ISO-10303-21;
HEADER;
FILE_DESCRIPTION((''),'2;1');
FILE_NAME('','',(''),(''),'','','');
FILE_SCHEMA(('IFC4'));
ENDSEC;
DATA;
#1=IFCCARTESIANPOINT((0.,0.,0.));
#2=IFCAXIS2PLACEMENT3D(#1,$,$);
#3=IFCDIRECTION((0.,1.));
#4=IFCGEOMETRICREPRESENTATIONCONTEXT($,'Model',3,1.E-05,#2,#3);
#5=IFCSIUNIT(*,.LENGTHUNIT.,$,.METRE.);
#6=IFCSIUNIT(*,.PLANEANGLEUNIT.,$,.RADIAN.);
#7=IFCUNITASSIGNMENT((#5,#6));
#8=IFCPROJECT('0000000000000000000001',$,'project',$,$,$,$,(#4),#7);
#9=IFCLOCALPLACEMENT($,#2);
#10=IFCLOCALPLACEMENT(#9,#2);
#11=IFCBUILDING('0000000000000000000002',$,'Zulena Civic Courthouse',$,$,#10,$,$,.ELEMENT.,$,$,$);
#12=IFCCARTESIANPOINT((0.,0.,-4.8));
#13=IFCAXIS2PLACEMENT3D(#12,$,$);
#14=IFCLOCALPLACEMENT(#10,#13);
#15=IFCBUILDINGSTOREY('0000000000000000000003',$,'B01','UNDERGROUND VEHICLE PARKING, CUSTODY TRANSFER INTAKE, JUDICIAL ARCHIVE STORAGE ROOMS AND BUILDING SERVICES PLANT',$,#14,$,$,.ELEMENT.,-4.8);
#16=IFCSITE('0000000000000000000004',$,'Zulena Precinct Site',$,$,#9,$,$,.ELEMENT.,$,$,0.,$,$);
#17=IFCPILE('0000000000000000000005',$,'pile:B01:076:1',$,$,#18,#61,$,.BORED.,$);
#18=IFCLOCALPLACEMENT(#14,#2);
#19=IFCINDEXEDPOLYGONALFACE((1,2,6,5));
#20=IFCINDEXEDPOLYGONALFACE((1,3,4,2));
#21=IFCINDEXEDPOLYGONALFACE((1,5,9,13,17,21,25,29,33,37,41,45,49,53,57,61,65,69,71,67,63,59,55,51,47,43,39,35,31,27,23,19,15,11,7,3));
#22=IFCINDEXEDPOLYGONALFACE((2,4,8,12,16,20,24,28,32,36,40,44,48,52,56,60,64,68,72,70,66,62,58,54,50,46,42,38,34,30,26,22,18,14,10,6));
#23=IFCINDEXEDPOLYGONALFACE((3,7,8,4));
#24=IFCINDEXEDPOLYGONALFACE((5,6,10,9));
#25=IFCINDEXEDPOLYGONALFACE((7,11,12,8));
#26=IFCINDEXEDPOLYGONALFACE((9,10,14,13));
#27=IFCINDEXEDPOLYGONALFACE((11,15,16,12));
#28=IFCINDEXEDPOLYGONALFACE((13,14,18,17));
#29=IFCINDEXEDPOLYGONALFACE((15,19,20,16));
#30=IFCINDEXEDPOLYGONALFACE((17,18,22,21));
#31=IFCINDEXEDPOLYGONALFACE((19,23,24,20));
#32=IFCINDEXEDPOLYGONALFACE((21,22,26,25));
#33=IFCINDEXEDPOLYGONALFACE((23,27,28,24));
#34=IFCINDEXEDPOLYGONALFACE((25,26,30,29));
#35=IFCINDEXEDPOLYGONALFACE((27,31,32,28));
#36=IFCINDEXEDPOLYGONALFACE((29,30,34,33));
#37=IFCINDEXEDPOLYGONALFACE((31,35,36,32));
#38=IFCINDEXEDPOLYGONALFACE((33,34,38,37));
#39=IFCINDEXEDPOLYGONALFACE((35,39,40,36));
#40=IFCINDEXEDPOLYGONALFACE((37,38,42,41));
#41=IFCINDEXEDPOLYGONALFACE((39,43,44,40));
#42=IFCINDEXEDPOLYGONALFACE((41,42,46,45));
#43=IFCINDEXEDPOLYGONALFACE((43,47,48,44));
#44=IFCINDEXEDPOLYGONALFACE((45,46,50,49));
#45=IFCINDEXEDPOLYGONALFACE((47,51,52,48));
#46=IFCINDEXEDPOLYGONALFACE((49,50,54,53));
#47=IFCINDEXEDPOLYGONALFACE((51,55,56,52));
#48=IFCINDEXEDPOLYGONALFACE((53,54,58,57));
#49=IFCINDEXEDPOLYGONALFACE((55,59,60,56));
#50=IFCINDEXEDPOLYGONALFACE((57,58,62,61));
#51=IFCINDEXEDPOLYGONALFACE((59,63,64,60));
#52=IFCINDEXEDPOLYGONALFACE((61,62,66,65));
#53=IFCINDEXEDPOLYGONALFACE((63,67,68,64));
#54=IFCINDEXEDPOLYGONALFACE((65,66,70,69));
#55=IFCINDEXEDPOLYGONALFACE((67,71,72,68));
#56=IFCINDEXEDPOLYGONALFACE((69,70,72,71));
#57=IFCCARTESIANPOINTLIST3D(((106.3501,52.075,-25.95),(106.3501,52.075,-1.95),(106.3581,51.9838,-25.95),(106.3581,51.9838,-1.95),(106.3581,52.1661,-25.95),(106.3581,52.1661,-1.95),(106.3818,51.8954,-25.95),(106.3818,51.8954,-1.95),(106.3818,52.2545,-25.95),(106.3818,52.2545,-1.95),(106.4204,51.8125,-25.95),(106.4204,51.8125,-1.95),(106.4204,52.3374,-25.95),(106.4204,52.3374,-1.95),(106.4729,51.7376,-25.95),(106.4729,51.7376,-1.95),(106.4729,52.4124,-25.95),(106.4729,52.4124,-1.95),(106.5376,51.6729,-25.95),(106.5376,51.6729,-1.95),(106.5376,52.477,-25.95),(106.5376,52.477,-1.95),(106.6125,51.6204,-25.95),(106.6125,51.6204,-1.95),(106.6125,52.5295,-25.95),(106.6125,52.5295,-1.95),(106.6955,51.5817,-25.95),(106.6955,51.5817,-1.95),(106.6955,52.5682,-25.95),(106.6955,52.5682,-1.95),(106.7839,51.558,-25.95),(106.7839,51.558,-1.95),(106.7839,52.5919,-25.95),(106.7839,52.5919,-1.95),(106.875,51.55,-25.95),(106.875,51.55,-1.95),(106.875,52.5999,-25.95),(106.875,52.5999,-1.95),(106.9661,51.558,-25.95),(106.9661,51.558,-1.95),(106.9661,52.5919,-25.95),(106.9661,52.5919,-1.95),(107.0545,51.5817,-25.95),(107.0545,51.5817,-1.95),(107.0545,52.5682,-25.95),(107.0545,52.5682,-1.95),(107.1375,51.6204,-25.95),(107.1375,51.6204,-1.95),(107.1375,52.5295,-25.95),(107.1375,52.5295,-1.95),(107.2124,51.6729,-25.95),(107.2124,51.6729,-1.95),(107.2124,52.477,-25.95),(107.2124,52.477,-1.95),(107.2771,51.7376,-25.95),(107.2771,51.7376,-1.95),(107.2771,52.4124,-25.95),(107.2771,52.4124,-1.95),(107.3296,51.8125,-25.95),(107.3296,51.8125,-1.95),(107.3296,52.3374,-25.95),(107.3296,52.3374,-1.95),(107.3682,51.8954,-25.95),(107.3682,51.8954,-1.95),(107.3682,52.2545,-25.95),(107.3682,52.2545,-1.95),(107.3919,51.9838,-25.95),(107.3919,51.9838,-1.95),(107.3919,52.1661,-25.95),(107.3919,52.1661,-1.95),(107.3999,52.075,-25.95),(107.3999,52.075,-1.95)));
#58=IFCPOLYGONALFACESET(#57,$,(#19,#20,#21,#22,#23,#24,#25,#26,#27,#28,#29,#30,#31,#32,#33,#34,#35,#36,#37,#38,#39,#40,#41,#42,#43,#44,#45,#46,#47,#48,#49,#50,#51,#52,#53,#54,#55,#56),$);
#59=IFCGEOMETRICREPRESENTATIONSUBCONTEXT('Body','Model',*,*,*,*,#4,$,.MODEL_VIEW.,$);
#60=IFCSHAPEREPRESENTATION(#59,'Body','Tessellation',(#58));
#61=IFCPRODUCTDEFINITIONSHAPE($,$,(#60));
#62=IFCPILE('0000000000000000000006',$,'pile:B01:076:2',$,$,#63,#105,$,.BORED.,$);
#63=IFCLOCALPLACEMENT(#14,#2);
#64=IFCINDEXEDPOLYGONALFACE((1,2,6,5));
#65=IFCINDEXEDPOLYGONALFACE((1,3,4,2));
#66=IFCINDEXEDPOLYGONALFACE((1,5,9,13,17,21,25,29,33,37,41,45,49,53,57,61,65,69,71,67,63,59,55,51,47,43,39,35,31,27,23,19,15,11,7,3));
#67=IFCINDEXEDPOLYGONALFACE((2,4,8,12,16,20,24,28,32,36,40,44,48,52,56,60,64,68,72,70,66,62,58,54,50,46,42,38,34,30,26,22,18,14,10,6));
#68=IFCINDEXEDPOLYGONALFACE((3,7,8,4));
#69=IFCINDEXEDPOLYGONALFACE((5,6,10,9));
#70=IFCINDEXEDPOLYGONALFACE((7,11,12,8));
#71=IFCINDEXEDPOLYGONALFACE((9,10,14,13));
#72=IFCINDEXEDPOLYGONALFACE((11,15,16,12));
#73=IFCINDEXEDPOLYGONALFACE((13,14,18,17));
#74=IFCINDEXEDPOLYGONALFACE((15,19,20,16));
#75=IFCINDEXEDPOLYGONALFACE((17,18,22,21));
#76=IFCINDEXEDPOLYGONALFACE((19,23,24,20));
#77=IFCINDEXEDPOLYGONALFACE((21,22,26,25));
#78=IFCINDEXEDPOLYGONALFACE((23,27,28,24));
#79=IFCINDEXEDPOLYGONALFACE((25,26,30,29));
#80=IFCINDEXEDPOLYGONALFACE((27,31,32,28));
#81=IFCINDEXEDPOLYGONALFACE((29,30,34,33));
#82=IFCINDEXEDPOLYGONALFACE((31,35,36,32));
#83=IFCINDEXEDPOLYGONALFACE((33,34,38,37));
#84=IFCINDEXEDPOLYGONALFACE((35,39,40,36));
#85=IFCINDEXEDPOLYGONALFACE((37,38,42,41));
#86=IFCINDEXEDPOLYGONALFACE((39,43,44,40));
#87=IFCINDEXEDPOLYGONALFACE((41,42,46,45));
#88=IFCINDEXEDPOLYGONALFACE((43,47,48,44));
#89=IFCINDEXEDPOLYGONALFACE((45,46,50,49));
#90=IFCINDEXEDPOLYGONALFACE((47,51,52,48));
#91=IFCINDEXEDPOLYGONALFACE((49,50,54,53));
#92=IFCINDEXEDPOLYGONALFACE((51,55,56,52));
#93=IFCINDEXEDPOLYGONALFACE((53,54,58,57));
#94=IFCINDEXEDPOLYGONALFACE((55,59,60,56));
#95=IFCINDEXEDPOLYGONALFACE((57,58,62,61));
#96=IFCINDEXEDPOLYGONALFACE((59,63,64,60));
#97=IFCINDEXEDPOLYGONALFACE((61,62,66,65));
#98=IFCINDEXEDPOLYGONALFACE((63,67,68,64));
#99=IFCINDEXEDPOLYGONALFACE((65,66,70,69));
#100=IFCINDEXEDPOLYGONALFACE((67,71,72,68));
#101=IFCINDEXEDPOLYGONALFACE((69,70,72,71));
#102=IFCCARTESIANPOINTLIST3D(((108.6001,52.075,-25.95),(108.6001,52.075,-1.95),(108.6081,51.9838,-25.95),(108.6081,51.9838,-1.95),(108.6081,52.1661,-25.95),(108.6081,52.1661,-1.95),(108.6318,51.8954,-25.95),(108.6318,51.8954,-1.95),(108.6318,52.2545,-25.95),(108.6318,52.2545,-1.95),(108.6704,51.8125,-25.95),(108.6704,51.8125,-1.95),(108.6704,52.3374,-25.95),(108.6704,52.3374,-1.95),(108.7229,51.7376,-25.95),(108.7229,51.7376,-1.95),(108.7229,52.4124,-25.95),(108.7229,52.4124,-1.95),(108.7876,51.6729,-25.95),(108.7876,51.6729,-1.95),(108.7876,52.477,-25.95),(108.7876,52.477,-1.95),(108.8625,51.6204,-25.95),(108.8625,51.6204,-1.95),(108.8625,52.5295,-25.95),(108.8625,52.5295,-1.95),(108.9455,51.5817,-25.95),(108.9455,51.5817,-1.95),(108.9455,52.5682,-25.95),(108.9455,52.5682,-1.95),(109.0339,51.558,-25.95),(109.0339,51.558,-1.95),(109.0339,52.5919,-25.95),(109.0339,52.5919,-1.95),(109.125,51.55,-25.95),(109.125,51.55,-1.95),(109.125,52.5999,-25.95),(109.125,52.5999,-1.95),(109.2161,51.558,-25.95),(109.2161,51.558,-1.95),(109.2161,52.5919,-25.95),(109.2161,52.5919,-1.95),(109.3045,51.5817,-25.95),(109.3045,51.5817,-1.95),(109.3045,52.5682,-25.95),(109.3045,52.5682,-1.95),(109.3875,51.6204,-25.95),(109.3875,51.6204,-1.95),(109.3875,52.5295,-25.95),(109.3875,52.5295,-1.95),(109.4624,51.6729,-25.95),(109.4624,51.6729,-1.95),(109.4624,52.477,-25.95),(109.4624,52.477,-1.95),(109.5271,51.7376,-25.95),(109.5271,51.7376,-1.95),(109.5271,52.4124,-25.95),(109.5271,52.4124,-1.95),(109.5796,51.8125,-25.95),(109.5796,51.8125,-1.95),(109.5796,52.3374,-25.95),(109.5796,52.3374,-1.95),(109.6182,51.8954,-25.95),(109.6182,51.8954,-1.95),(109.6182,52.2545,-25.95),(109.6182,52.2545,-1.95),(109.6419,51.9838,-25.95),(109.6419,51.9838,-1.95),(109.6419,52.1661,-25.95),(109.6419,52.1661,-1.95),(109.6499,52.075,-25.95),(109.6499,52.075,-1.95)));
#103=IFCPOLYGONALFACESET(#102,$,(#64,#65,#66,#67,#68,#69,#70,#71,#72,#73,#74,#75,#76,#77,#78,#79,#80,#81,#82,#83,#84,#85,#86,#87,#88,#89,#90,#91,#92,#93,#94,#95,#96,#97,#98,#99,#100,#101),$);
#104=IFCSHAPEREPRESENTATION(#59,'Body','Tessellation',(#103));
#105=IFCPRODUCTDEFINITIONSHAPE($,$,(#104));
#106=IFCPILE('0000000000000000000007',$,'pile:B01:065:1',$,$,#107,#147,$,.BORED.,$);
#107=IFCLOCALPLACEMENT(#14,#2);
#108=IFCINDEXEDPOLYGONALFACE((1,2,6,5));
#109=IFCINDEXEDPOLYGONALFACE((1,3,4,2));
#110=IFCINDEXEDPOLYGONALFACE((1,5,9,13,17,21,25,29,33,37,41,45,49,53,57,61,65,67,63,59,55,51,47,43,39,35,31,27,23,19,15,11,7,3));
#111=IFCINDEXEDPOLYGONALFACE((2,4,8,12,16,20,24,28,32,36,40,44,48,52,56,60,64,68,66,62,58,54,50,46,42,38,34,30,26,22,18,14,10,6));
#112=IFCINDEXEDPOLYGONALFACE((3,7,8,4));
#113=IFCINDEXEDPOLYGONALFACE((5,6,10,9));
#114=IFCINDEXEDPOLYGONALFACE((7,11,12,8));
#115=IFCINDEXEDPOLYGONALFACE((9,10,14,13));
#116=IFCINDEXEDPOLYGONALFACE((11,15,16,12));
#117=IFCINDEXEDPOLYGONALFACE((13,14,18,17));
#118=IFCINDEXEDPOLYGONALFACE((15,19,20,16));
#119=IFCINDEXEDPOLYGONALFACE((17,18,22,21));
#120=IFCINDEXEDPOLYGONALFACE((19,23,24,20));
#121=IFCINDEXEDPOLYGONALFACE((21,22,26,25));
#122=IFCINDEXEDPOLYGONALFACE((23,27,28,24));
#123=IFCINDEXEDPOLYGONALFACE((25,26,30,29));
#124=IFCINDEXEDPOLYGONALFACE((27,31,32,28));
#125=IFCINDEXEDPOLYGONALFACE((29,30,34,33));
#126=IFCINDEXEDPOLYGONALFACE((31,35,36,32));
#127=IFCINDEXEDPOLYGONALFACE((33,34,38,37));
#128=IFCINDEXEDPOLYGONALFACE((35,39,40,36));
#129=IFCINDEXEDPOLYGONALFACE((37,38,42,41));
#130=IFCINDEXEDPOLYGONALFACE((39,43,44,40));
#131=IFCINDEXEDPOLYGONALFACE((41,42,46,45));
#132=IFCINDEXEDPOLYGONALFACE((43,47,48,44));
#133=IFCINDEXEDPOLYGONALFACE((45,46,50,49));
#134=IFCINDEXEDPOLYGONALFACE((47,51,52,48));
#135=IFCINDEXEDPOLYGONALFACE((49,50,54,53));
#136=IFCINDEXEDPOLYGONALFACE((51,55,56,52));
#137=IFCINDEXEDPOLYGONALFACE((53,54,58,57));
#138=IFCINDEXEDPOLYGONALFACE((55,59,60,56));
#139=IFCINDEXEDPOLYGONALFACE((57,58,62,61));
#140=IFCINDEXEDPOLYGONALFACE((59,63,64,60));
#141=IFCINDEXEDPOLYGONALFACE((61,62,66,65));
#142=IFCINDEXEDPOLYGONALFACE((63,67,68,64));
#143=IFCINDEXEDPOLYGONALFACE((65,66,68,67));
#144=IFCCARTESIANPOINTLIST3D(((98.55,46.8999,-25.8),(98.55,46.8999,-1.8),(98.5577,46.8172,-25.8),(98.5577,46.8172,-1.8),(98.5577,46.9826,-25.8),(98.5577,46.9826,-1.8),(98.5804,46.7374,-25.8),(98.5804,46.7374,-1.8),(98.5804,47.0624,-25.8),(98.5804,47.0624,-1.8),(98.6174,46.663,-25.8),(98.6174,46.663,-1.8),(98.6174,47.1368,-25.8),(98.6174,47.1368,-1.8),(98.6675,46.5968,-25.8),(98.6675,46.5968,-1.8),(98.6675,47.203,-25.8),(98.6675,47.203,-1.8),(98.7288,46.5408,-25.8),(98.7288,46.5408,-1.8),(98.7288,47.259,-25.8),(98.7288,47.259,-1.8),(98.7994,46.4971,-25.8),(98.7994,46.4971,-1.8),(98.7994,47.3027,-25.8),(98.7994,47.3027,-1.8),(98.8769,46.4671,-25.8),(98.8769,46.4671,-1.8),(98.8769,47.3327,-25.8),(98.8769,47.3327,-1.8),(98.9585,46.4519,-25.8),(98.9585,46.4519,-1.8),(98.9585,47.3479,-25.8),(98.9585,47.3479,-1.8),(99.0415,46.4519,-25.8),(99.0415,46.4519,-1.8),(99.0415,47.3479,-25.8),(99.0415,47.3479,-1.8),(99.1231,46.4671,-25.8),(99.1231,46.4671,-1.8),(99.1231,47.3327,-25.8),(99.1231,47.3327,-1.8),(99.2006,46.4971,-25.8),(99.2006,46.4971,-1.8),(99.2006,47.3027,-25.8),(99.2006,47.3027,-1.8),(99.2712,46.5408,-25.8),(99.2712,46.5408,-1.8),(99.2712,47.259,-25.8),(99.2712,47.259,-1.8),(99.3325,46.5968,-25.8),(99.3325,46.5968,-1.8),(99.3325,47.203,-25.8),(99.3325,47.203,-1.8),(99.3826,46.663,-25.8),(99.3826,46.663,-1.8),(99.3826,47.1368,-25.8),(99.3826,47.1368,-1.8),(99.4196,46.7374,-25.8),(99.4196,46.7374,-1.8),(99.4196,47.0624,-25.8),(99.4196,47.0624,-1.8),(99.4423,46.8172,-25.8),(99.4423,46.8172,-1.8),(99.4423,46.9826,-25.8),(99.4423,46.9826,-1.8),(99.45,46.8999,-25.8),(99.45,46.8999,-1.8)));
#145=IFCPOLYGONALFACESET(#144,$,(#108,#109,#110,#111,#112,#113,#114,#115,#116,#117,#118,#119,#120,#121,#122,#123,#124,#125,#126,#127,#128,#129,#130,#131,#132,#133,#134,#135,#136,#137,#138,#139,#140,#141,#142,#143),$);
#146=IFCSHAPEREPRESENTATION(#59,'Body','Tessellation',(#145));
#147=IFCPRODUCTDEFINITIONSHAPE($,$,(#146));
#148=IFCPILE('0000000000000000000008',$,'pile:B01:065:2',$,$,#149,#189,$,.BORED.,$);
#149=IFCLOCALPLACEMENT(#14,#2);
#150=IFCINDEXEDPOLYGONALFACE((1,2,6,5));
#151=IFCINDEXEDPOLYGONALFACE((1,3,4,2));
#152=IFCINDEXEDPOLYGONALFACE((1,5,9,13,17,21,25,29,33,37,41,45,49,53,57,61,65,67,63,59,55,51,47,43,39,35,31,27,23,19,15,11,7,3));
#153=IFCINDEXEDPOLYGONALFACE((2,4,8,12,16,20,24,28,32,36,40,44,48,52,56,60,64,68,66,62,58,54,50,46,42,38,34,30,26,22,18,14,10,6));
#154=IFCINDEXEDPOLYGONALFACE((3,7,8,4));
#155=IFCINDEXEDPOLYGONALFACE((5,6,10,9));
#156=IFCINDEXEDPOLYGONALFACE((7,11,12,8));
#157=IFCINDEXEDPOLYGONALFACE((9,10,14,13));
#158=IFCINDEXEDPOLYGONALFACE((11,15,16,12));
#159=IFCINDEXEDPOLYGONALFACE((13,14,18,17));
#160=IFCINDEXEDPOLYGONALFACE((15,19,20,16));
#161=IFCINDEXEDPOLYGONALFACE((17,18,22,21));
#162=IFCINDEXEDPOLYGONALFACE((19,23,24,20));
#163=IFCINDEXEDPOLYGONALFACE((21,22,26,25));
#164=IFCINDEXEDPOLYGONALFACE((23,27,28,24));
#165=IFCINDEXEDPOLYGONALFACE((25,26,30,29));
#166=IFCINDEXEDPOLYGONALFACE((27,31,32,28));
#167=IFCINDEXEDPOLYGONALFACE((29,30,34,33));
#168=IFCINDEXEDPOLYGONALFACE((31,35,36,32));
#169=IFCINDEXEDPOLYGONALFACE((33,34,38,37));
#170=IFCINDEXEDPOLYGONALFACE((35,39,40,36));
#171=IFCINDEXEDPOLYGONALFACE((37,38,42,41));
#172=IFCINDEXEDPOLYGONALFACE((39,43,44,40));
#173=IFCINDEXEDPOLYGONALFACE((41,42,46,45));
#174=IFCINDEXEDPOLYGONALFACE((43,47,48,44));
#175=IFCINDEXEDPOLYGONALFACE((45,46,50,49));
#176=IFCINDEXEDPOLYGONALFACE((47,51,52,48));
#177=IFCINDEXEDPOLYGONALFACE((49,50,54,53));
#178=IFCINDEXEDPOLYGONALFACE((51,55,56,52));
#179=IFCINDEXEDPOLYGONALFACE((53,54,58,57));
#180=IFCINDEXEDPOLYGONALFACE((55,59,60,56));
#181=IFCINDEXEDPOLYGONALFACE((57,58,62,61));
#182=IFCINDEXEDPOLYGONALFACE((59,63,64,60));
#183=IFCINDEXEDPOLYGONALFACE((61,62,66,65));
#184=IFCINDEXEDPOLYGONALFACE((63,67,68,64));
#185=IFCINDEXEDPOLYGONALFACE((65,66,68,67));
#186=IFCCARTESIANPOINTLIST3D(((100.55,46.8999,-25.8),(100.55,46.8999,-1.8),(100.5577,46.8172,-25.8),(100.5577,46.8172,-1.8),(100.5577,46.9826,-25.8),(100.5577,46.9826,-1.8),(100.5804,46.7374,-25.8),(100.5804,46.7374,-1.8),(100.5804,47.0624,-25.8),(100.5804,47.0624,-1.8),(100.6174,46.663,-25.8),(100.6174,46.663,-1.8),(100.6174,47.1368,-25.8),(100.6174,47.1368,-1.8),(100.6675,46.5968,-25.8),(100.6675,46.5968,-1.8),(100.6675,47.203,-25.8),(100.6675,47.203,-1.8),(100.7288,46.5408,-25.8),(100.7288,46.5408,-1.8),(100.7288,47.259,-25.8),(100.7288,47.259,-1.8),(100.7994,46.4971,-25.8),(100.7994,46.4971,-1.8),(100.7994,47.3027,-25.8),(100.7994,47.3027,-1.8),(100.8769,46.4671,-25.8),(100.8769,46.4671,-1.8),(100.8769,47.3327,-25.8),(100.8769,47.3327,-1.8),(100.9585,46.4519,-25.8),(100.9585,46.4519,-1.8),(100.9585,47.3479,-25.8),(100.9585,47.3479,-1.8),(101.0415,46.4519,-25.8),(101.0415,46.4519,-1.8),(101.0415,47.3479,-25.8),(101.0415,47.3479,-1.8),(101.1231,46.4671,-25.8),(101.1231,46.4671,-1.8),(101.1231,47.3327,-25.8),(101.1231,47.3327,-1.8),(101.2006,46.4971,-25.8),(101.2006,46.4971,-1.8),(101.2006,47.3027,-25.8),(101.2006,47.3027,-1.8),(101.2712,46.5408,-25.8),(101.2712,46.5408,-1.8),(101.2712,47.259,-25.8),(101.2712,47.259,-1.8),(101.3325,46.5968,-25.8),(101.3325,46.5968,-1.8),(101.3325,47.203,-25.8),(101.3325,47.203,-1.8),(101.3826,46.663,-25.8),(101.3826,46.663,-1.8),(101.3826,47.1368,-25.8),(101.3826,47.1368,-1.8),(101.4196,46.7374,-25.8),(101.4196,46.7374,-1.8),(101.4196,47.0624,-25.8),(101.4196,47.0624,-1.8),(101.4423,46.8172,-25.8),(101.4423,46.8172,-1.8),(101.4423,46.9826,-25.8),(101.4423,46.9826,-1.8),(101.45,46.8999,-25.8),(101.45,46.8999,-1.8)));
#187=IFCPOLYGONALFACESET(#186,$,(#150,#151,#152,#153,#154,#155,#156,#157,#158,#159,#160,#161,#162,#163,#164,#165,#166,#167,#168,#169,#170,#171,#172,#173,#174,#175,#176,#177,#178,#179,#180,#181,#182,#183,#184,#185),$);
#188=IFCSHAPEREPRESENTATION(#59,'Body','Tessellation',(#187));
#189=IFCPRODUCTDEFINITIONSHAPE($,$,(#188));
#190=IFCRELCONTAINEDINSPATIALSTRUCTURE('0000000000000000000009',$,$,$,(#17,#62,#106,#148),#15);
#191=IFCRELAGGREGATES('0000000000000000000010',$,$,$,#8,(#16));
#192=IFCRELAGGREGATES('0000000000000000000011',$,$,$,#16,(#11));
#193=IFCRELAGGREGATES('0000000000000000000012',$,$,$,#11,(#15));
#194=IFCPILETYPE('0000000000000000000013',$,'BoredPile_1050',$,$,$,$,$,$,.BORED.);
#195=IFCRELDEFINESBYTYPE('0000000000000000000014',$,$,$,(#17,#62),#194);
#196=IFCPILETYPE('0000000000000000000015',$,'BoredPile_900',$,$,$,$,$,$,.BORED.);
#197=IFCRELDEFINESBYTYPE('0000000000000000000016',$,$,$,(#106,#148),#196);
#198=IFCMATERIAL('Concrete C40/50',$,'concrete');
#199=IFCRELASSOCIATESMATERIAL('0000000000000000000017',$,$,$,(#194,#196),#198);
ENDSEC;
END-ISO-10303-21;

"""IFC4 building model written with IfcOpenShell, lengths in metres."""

from ifc_helpers import new_model, si_unit, direction, frame, origin, origin_2d, place, context, subcontext, project, spatial, circle, extrude, material, material_profile, profile_set, type_object, element, save


model = new_model("IFC4")

# Units and contexts
model_context = context("Model", 3, precision=1e-05, world=origin(), true_north=direction((0.0, 1.0)))
body_context = subcontext(model_context, "Body", "Model", "MODEL_VIEW")
ifc_project = project(units=[si_unit("LENGTHUNIT", "METRE"), si_unit("PLANEANGLEUNIT", "RADIAN")], contexts=[model_context])

# Site, building, storey
site_placement = place(None, origin())
site = spatial("IfcSite", under=ifc_project, at=site_placement, Name="Zulena Precinct Site", CompositionType="ELEMENT", RefElevation=0.0)
building_placement = place(site_placement, origin())
building = spatial("IfcBuilding", under=site, at=building_placement, Name="Zulena Civic Courthouse", CompositionType="ELEMENT")
storey_placement = place(building_placement, frame((0.0, 0.0, -4.8)))
storey = spatial("IfcBuildingStorey", under=building, at=storey_placement, Name="B01", Description="UNDERGROUND VEHICLE PARKING, CUSTODY TRANSFER INTAKE, JUDICIAL ARCHIVE STORAGE ROOMS AND BUILDING SERVICES PLANT", CompositionType="ELEMENT", Elevation=-4.8)

# Piles
ifc_material_1 = material(Name="Concrete C40/50", Category="concrete")
ifc_material_profile_1 = material_profile(ifc_material_1, circle(Radius=0.5249, at=origin_2d()), Name="PILE1050")
ifc_profile_set_1 = profile_set([ifc_material_profile_1], Name="Concrete C40/50")
pile_type_1 = type_object("IfcPileType", Name="BoredPile_1050", PredefinedType="BORED", material=ifc_profile_set_1)
for number, where, z_axis, x_axis, name in (
    (1, (106.875, 52.075, -1.95), (0.0, 0.0, -1.0), (1.0, 0.0, 0.0), "pile:B01:076:1"),
    (2, (109.125, 52.075, -1.95), (0.0, 0.0, -1.0), (1.0, 0.0, 0.0), "pile:B01:076:2"),
):
    element("IfcPile", number, at=place(storey_placement, frame(where, z_axis=z_axis, x_axis=x_axis)), inside=storey, type_object=pile_type_1, Name=name, PredefinedType="BORED", context=body_context, shape_type="SweptSolid", body=[
        extrude(circle(Radius=0.5249, at=origin_2d()), origin(), (0.0, 0.0, 1.0), 24.0),
    ])
ifc_material_profile_2 = material_profile(ifc_material_1, circle(Radius=0.45, at=origin_2d()), Name="PILE900")
ifc_profile_set_2 = profile_set([ifc_material_profile_2], Name="Concrete C40/50")
pile_type_2 = type_object("IfcPileType", Name="BoredPile_900", PredefinedType="BORED", material=ifc_profile_set_2)
for number, where, z_axis, x_axis, name in (
    (3, (99.0, 46.8999, -1.8), (0.0, 0.0, -1.0), (1.0, 0.0, 0.0), "pile:B01:065:1"),
    (4, (101.0, 46.8999, -1.8), (0.0, 0.0, -1.0), (1.0, 0.0, 0.0), "pile:B01:065:2"),
):
    element("IfcPile", number, at=place(storey_placement, frame(where, z_axis=z_axis, x_axis=x_axis)), inside=storey, type_object=pile_type_2, Name=name, PredefinedType="BORED", context=body_context, shape_type="SweptSolid", body=[
        extrude(circle(Radius=0.45, at=origin_2d()), origin(), (0.0, 0.0, 1.0), 24.0),
    ])

save(model, "model.ifc")
